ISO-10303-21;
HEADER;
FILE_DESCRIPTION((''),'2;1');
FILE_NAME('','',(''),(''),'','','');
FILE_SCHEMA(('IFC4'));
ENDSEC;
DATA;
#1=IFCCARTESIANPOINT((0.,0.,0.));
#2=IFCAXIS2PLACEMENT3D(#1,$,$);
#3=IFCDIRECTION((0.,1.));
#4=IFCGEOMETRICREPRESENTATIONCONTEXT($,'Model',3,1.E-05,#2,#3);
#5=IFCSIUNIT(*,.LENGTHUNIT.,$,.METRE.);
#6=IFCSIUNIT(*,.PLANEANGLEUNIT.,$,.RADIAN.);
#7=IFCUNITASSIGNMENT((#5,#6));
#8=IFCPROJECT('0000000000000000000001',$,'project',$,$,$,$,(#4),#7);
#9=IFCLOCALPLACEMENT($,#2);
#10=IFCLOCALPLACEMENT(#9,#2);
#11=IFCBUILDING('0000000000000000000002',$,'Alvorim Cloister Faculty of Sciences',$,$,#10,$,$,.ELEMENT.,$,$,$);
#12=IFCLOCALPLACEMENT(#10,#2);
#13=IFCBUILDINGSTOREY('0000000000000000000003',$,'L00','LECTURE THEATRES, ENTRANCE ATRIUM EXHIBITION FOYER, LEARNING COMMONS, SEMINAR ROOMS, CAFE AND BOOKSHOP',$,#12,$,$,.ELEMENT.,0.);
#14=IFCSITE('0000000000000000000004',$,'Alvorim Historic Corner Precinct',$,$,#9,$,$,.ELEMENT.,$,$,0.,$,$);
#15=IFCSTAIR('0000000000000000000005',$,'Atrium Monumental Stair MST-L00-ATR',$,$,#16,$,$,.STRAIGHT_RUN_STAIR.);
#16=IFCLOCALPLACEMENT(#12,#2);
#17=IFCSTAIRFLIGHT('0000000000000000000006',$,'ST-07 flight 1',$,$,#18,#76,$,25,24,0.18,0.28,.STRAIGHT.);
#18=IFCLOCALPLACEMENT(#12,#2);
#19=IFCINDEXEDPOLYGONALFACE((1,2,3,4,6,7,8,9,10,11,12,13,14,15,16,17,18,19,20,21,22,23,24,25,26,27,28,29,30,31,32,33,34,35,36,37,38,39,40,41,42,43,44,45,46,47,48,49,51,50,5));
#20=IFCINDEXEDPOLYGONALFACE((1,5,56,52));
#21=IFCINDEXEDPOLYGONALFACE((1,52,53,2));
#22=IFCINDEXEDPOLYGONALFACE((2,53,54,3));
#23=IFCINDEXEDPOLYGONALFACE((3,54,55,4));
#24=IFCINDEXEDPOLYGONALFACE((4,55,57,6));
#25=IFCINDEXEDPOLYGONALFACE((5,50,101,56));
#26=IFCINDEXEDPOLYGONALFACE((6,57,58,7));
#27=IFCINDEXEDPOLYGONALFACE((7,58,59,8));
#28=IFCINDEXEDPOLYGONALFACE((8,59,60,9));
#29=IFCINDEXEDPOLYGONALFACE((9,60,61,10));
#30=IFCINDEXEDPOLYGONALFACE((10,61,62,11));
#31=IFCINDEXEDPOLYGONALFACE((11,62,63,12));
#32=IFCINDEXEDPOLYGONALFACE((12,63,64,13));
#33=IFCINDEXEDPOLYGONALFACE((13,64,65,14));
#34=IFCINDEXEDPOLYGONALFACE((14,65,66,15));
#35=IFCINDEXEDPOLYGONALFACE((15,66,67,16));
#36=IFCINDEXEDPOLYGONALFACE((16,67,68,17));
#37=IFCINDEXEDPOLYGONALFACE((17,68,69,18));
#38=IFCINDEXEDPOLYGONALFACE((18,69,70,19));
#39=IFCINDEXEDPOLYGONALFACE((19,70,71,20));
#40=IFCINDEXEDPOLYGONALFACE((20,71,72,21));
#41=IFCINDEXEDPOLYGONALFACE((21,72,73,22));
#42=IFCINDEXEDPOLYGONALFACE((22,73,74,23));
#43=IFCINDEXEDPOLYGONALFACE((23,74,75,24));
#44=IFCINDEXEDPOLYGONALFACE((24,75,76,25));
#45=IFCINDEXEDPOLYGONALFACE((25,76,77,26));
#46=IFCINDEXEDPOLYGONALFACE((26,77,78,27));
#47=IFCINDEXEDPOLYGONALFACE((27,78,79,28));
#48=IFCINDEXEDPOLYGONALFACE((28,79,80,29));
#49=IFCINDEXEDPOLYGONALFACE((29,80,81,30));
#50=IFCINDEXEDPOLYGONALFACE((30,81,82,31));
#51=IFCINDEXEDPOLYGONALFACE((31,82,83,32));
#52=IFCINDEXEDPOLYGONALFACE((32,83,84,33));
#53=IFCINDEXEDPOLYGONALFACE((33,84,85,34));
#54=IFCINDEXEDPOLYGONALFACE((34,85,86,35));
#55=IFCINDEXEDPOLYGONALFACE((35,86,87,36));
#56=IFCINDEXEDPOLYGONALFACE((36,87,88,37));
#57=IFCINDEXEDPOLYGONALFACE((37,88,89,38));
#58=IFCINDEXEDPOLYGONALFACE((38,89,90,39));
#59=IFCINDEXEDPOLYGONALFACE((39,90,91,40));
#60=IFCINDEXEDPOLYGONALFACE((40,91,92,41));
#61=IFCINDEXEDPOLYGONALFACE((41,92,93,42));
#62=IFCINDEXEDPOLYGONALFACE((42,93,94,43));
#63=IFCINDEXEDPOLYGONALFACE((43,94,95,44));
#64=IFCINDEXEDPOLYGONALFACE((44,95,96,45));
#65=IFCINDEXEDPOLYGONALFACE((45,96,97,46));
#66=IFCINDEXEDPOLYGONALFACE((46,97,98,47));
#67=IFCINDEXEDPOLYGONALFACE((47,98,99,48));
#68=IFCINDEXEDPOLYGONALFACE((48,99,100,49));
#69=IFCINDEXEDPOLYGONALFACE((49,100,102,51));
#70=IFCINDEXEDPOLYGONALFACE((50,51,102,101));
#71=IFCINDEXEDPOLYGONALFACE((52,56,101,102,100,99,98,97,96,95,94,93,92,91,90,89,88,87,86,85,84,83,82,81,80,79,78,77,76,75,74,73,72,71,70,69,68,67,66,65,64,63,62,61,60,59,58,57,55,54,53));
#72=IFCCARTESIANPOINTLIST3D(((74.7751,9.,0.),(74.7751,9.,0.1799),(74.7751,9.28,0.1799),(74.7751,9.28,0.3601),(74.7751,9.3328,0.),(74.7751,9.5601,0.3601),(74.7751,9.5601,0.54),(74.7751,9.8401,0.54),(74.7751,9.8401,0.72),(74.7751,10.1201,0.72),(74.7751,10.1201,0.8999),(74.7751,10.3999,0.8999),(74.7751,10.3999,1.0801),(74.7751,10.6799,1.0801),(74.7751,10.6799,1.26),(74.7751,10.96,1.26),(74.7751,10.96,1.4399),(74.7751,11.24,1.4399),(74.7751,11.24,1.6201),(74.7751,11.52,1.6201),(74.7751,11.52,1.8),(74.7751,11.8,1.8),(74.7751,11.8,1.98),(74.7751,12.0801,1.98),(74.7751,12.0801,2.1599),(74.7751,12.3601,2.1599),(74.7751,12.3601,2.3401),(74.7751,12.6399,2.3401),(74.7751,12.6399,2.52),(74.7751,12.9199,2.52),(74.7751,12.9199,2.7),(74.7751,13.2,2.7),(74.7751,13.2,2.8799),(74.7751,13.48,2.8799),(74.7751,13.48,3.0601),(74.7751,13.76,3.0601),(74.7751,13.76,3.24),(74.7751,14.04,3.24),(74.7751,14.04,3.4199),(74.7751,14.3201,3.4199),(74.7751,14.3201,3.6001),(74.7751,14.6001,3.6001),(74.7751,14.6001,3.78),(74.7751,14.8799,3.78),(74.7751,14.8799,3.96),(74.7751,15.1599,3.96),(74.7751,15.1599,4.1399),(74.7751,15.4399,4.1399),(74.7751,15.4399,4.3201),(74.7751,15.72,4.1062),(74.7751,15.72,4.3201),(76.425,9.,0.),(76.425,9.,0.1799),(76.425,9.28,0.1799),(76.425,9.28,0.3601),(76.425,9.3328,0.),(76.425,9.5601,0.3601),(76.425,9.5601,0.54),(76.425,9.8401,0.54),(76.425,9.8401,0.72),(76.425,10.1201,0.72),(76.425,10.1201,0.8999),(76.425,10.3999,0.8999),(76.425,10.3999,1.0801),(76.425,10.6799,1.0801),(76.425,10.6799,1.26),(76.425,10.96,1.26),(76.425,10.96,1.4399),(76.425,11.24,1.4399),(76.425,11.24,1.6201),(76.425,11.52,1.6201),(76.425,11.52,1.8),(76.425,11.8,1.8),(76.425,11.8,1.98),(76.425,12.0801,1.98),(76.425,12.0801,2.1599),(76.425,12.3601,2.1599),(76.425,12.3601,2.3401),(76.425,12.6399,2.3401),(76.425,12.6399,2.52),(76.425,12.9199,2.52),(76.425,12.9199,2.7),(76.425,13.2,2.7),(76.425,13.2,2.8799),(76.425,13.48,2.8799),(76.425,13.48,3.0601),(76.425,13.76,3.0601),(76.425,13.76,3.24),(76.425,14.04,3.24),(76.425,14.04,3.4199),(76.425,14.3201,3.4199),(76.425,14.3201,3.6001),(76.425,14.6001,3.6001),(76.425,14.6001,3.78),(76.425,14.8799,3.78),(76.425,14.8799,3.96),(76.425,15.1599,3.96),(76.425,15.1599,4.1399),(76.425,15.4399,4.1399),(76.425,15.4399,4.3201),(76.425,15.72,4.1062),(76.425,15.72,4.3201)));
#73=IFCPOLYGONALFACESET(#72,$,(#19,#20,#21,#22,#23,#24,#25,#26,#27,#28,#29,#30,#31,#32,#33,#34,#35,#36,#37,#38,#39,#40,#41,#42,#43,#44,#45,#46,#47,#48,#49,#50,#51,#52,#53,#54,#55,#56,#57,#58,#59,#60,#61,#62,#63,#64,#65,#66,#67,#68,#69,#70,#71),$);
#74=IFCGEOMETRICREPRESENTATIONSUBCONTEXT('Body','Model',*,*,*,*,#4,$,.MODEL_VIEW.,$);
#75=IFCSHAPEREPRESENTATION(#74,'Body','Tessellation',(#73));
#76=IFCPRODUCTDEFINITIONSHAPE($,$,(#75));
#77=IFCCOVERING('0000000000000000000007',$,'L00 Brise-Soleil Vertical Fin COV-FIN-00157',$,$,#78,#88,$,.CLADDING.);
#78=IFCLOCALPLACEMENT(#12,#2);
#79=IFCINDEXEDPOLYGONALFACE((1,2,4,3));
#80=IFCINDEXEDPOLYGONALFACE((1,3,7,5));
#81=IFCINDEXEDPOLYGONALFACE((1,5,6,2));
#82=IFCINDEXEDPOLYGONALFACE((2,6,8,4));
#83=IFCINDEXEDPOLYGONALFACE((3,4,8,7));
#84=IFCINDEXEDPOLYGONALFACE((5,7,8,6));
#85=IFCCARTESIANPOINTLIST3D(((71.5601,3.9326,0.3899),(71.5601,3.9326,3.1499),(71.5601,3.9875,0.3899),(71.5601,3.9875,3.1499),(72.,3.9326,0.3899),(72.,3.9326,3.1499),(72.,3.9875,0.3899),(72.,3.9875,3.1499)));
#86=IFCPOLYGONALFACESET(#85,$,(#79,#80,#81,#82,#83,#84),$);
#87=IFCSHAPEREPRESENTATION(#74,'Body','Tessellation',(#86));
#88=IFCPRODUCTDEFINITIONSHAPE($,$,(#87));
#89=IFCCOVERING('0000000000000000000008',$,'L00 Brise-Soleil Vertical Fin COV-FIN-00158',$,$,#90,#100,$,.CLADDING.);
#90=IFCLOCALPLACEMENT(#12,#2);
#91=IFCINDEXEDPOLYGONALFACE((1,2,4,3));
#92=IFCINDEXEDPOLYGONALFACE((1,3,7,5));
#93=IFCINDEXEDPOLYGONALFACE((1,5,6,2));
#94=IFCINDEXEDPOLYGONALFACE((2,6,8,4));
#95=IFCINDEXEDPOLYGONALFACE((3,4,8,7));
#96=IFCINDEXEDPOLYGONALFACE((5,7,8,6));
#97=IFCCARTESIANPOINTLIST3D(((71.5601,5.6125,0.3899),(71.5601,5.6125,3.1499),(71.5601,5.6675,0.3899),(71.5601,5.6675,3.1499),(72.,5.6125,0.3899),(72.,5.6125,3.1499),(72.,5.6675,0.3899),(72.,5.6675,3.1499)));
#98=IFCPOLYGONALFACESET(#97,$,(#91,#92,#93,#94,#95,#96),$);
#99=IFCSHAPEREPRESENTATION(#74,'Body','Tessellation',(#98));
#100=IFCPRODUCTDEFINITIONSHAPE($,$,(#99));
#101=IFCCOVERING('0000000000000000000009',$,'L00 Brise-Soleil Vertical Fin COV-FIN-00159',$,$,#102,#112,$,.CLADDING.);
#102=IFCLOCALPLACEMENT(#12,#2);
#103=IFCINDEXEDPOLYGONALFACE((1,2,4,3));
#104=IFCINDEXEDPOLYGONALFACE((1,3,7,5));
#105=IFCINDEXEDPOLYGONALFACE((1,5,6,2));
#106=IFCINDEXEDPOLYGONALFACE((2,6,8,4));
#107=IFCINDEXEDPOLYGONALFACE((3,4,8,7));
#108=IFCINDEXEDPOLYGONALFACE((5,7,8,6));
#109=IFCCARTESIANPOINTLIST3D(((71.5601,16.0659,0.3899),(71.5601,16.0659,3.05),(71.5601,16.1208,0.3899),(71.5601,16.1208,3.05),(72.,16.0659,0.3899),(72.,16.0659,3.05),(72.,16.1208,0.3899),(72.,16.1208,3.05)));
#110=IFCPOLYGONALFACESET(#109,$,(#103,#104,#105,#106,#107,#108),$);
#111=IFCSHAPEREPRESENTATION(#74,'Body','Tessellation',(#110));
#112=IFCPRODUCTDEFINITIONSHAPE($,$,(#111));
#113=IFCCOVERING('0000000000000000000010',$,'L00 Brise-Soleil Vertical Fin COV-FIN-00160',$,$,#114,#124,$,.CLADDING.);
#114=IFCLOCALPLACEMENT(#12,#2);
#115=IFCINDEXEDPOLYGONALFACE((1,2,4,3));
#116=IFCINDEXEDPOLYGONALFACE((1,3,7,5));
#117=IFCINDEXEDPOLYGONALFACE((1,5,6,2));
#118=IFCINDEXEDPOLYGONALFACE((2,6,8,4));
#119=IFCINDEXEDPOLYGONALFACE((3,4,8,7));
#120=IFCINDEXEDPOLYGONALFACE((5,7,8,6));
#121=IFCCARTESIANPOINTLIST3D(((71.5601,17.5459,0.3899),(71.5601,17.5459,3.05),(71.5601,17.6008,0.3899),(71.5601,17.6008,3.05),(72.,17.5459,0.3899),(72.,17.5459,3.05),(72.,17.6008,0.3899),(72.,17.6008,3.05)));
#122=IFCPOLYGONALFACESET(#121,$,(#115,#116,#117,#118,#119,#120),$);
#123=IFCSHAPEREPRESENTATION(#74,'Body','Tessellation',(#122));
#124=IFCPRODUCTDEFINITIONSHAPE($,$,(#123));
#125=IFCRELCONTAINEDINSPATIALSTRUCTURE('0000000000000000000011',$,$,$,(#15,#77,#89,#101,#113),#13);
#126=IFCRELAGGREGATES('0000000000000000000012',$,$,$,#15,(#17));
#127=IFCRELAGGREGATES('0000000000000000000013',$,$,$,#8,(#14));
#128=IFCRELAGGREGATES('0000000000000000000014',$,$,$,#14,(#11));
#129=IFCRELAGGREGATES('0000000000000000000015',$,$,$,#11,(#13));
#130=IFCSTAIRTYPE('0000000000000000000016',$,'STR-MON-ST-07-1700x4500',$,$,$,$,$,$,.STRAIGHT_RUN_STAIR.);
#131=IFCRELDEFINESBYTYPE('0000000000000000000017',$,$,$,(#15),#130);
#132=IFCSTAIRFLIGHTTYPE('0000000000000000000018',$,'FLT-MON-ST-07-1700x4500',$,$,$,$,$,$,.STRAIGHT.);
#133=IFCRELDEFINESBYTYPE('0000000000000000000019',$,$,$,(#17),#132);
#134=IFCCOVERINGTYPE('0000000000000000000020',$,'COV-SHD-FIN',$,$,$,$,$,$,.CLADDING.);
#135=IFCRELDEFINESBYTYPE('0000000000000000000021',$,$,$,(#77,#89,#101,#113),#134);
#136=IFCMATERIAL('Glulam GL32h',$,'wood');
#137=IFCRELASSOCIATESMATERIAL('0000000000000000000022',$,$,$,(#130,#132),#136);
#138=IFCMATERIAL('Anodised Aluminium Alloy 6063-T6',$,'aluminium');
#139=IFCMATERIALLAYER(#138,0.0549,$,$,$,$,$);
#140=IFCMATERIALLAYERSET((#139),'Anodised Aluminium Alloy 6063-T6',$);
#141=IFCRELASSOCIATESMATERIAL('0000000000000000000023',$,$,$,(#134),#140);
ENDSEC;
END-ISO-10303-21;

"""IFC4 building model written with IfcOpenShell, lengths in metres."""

from ifc_helpers import new_model, si_unit, direction, frame, origin, place, context, subcontext, project, spatial, polyline, outline, extrude, material, layer, layer_set, type_object, element, aggregate, save


model = new_model("IFC4")

# Units and contexts
model_context = context("Model", 3, precision=1e-05, world=origin(), true_north=direction((0.0, 1.0)))
body_context = subcontext(model_context, "Body", "Model", "MODEL_VIEW")
ifc_project = project(units=[si_unit("LENGTHUNIT", "METRE"), si_unit("PLANEANGLEUNIT", "RADIAN")], contexts=[model_context])

# Site, building, storey
site_placement = place(None, origin())
site = spatial("IfcSite", under=ifc_project, at=site_placement, Name="Alvorim Historic Corner Precinct", CompositionType="ELEMENT", RefElevation=0.0)
building_placement = place(site_placement, origin())
building = spatial("IfcBuilding", under=site, at=building_placement, Name="Alvorim Cloister Faculty of Sciences", CompositionType="ELEMENT")
storey_placement = place(building_placement, origin())
storey = spatial("IfcBuildingStorey", under=building, at=storey_placement, Name="L00", Description="LECTURE THEATRES, ENTRANCE ATRIUM EXHIBITION FOYER, LEARNING COMMONS, SEMINAR ROOMS, CAFE AND BOOKSHOP", CompositionType="ELEMENT", Elevation=0.0)

# Stair, stair flight
ifc_material_1 = material(Name="Glulam GL32h", Category="wood")
stair_type = type_object("IfcStairType", Name="STR-MON-ST-07-1700x4500", PredefinedType="STRAIGHT_RUN_STAIR", material=ifc_material_1)
stair_placement = place(storey_placement, origin())
stair = element("IfcStair", 1, at=stair_placement, inside=storey, type_object=stair_type, Name="Atrium Monumental Stair MST-L00-ATR", PredefinedType="STRAIGHT_RUN_STAIR")
stair_flight_type = type_object("IfcStairFlightType", Name="FLT-MON-ST-07-1700x4500", PredefinedType="STRAIGHT", material=ifc_material_1)
stair_flight_placement = place(storey_placement, frame((75.6001, 9.0, 0.0), z_axis=(0.0, 0.0, 1.0), x_axis=(0.0, 1.0, 0.0)))
stair_flight = element("IfcStairFlight", 2, at=stair_flight_placement, type_object=stair_flight_type, Name="ST-07 flight 1", NumberOfRisers=25, NumberOfTreads=24, PredefinedType="STRAIGHT", RiserHeight=0.18, TreadLength=0.28, context=body_context, shape_type="SweptSolid", body=[
    extrude(outline(polyline([(0.3328, 0.0), (6.72, 4.1062), (6.72, 4.5), (6.72, 4.3201), (6.4399, 4.3201), (6.4399, 4.1399), (6.1599, 4.1399), (6.1599, 3.96), (5.8799, 3.96), (5.8799, 3.78), (5.6001, 3.78), (5.6001, 3.6001), (5.3201, 3.6001), (5.3201, 3.4199), (5.04, 3.4199), (5.04, 3.24), (4.76, 3.24), (4.76, 3.0601), (4.48, 3.0601), (4.48, 2.8799), (4.2, 2.8799), (4.2, 2.7), (3.9199, 2.7), (3.9199, 2.52), (3.6399, 2.52), (3.6399, 2.3401), (3.3601, 2.3401), (3.3601, 2.1599), (3.0801, 2.1599), (3.0801, 1.98), (2.8, 1.98), (2.8, 1.8), (2.52, 1.8), (2.52, 1.6201), (2.24, 1.6201), (2.24, 1.4399), (1.96, 1.4399), (1.96, 1.26), (1.6799, 1.26), (1.6799, 1.0801), (1.3999, 1.0801), (1.3999, 0.8999), (1.1201, 0.8999), (1.1201, 0.72), (0.8401, 0.72), (0.8401, 0.54), (0.5601, 0.54), (0.5601, 0.3601), (0.28, 0.3601), (0.28, 0.1799), (0.0, 0.1799), (0.0, 0.0), (0.3328, 0.0)])), frame((0.0, 0.825, 0.0), z_axis=(0.0, -1.0, 0.0), x_axis=(1.0, 0.0, 0.0)), (0.0, 0.0, 1.0), 1.6499),
])
aggregate(stair, [stair_flight])

# Coverings
ifc_material_2 = material(Name="Anodised Aluminium Alloy 6063-T6", Category="aluminium")
ifc_layer_1 = layer(ifc_material_2, 0.0549)
ifc_layer_set_1 = layer_set([ifc_layer_1], Name="Anodised Aluminium Alloy 6063-T6")
covering_type = type_object("IfcCoveringType", Name="COV-SHD-FIN", PredefinedType="CLADDING", material=ifc_layer_set_1)
for number, where, z_axis, x_axis, name in (
    (3, (72.0, 3.96, 0.3899), (0.0, 0.0, 1.0), (-1.0, 0.0, 0.0), "L00 Brise-Soleil Vertical Fin COV-FIN-00157"),
    (4, (72.0, 5.6399, 0.3899), (0.0, 0.0, 1.0), (-1.0, 0.0, 0.0), "L00 Brise-Soleil Vertical Fin COV-FIN-00158"),
):
    element("IfcCovering", number, at=place(storey_placement, frame(where, z_axis=z_axis, x_axis=x_axis)), inside=storey, type_object=covering_type, Name=name, PredefinedType="CLADDING", context=body_context, shape_type="SweptSolid", body=[
        extrude(outline(polyline([(0.0, 0.0), (0.4399, 0.0), (0.4399, 2.76), (0.0, 2.76), (0.0, 0.0)])), frame((0.0, 0.0273, 0.0), z_axis=(0.0, -1.0, 0.0), x_axis=(1.0, 0.0, 0.0)), (0.0, 0.0, 1.0), 0.0549),
    ])
for number, where, z_axis, x_axis, name in (
    (5, (72.0, 16.0933, 0.3899), (0.0, 0.0, 1.0), (-1.0, 0.0, 0.0), "L00 Brise-Soleil Vertical Fin COV-FIN-00159"),
    (6, (72.0, 17.5732, 0.3899), (0.0, 0.0, 1.0), (-1.0, 0.0, 0.0), "L00 Brise-Soleil Vertical Fin COV-FIN-00160"),
):
    element("IfcCovering", number, at=place(storey_placement, frame(where, z_axis=z_axis, x_axis=x_axis)), inside=storey, type_object=covering_type, Name=name, PredefinedType="CLADDING", context=body_context, shape_type="SweptSolid", body=[
        extrude(outline(polyline([(0.0, 0.0), (0.4399, 0.0), (0.4399, 2.6602), (0.0, 2.6602), (0.0, 0.0)])), frame((0.0, 0.0273, 0.0), z_axis=(0.0, -1.0, 0.0), x_axis=(1.0, 0.0, 0.0)), (0.0, 0.0, 1.0), 0.0549),
    ])

save(model, "model.ifc")
